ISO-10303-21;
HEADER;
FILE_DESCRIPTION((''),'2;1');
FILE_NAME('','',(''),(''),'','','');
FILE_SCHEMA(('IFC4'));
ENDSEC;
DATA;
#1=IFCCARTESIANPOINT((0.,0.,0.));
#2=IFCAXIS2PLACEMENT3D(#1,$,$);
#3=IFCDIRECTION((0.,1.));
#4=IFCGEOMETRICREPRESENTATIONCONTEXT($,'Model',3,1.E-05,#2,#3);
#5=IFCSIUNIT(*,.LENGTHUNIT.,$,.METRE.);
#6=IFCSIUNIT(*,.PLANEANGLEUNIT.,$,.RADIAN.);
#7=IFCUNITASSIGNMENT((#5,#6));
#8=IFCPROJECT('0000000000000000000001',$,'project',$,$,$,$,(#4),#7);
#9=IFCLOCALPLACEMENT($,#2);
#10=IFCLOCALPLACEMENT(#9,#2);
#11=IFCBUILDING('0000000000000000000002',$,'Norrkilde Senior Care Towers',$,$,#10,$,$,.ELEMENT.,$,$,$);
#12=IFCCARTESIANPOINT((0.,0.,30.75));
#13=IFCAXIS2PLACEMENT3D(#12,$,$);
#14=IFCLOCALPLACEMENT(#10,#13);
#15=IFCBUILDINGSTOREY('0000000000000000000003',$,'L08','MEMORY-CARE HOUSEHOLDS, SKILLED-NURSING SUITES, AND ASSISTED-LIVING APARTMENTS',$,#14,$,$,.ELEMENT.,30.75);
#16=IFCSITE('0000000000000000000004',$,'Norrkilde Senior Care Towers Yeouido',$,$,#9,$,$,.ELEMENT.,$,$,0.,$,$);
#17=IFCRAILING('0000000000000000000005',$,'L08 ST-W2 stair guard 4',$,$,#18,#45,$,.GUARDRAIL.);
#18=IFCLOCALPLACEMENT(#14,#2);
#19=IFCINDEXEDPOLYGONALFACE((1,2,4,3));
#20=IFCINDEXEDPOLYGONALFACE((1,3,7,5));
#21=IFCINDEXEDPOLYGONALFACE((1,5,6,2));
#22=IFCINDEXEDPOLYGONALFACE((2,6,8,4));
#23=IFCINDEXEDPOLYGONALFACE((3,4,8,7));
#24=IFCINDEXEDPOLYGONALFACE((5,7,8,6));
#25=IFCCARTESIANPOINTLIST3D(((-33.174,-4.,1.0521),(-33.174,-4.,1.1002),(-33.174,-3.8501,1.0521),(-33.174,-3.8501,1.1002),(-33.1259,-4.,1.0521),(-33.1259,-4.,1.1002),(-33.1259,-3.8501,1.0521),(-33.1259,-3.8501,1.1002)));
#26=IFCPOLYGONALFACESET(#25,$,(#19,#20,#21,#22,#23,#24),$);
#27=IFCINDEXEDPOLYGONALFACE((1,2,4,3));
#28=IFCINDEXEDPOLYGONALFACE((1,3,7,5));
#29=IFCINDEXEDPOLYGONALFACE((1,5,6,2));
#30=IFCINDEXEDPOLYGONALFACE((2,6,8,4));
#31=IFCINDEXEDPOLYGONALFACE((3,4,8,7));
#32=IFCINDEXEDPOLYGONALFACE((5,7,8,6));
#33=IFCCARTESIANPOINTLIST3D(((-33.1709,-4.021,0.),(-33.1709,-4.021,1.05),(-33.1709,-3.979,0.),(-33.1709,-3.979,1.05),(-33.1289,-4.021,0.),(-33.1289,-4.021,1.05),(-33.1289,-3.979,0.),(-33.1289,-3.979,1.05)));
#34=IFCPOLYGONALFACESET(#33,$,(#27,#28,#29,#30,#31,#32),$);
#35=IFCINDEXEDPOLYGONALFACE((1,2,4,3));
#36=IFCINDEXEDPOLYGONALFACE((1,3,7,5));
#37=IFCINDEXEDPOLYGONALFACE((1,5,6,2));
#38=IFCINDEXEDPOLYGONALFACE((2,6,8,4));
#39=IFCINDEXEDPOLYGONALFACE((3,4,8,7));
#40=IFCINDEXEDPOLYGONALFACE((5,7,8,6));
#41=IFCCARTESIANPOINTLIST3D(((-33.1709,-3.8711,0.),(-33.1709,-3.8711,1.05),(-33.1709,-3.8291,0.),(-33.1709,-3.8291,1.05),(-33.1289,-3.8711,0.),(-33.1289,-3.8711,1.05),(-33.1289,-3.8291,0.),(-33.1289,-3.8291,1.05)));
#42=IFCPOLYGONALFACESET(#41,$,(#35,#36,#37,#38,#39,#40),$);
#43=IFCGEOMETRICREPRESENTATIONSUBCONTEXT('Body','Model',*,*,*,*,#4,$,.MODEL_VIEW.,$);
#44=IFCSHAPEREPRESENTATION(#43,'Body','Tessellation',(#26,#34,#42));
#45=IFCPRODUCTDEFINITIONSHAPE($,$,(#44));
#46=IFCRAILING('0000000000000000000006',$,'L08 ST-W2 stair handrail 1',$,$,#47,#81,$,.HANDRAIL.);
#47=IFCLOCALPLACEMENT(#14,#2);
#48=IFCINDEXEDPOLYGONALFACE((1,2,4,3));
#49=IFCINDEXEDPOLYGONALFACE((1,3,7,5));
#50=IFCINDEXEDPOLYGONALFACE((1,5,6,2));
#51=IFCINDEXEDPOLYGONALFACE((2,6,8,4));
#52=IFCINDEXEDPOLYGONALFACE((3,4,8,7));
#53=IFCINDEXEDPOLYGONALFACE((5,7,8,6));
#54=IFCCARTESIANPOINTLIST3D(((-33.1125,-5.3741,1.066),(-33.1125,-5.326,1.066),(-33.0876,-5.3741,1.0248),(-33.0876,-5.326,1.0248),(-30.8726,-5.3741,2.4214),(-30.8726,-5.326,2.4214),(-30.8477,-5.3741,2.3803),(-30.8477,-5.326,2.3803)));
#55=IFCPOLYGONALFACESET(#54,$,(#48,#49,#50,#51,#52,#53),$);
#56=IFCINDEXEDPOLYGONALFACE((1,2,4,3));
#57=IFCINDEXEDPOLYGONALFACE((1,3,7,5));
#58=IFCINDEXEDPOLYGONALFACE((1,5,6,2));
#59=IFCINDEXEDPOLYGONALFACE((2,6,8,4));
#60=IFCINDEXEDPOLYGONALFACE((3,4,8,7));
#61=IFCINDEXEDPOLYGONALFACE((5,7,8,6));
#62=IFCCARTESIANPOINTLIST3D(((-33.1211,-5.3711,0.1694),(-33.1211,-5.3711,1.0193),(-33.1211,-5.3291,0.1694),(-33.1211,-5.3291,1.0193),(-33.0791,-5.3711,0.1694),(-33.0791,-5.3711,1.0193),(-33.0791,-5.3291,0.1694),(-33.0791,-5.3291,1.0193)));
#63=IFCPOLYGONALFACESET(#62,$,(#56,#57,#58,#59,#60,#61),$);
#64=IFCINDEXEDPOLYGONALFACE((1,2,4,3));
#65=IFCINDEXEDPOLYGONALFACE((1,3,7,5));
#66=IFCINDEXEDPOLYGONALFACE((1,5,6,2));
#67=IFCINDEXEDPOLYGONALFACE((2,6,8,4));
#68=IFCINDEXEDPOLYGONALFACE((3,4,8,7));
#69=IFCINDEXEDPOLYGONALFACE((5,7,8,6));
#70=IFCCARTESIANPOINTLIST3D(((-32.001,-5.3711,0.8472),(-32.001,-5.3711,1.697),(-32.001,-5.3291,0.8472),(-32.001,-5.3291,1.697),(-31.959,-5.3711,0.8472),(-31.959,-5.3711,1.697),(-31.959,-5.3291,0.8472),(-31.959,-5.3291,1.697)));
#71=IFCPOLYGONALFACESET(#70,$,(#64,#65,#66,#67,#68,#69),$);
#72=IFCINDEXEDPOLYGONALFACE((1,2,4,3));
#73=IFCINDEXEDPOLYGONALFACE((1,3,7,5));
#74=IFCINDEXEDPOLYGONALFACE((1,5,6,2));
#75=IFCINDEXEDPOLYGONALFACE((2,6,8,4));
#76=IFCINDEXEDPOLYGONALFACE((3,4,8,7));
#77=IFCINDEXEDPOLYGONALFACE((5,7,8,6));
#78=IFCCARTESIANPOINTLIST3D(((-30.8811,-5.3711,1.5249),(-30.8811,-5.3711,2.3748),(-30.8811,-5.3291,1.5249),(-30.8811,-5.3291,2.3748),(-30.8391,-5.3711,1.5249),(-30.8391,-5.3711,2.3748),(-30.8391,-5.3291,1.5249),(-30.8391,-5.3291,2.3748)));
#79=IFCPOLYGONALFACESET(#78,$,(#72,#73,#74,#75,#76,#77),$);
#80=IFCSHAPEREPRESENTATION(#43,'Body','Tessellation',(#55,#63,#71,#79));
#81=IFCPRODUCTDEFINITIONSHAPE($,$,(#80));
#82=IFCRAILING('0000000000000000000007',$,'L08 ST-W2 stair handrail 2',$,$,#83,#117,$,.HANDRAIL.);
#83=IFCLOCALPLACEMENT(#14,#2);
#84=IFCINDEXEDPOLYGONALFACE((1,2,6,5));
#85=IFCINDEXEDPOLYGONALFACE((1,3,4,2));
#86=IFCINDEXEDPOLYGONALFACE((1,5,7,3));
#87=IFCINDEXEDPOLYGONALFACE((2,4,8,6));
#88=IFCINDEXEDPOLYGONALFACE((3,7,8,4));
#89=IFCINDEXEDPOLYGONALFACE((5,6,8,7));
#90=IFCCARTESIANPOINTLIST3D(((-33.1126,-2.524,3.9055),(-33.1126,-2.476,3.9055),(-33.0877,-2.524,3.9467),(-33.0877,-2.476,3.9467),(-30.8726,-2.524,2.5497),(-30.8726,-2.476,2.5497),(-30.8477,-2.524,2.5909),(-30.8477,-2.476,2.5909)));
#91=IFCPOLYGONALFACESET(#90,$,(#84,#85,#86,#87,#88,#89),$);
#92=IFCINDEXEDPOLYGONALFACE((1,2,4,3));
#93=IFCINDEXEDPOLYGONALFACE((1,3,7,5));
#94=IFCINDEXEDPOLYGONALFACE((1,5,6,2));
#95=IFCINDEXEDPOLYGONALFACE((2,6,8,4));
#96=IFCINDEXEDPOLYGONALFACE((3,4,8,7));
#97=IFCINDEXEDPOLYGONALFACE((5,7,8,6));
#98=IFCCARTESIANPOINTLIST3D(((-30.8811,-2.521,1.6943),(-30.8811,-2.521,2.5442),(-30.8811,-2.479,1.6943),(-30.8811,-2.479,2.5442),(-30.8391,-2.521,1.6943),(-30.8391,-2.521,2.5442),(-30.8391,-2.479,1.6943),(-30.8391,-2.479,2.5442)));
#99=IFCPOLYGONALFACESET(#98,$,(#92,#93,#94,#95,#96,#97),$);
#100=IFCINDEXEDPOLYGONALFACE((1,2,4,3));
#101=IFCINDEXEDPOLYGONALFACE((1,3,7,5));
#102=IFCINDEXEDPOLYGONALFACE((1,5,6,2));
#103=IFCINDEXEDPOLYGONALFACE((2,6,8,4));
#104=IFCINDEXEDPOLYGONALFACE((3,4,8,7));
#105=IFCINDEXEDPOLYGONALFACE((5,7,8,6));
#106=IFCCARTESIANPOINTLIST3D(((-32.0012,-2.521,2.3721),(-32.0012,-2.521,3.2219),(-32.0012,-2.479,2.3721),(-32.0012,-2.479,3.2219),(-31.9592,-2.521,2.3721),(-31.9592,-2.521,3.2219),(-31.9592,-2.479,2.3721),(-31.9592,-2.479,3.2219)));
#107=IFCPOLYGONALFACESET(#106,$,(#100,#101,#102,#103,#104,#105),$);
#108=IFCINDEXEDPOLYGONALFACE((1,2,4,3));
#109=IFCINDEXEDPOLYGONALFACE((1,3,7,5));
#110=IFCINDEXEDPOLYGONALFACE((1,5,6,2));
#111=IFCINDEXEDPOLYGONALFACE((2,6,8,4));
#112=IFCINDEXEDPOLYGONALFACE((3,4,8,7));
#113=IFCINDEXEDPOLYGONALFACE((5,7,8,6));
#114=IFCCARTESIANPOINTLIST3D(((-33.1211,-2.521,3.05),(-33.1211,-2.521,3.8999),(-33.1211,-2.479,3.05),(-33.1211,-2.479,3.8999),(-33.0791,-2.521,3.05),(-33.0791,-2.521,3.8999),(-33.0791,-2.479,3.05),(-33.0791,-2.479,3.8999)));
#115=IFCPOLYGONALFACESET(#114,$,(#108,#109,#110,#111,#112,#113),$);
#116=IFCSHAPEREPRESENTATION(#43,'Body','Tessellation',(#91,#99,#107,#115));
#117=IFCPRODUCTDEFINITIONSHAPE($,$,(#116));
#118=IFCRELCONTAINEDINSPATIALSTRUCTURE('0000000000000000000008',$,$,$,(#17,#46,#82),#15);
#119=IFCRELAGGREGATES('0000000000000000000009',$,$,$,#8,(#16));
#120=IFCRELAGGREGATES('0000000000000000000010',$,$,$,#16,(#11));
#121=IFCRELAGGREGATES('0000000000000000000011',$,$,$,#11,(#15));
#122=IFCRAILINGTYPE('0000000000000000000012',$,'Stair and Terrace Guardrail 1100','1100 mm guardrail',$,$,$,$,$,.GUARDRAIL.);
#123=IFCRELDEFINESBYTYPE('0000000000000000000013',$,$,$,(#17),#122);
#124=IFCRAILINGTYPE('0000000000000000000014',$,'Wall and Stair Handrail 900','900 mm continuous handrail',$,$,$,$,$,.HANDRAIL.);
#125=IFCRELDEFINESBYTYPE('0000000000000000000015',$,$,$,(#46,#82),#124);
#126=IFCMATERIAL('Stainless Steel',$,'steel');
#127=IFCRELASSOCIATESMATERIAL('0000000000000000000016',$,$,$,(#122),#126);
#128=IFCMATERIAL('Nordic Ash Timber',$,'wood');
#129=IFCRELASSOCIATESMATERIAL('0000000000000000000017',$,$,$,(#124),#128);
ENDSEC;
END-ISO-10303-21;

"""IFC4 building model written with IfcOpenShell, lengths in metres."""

from ifc_helpers import new_model, si_unit, direction, frame, origin, origin_2d, place, context, subcontext, project, spatial, rectangle, extrude, material, type_object, element, save


model = new_model("IFC4")

# Units and contexts
model_context = context("Model", 3, precision=1e-05, world=origin(), true_north=direction((0.0, 1.0)))
body_context = subcontext(model_context, "Body", "Model", "MODEL_VIEW")
ifc_project = project(units=[si_unit("LENGTHUNIT", "METRE"), si_unit("PLANEANGLEUNIT", "RADIAN")], contexts=[model_context])

# Site, building, storey
site_placement = place(None, origin())
site = spatial("IfcSite", under=ifc_project, at=site_placement, Name="Norrkilde Senior Care Towers Yeouido", CompositionType="ELEMENT", RefElevation=0.0)
building_placement = place(site_placement, origin())
building = spatial("IfcBuilding", under=site, at=building_placement, Name="Norrkilde Senior Care Towers", CompositionType="ELEMENT")
storey_placement = place(building_placement, frame((0.0, 0.0, 30.75)))
storey = spatial("IfcBuildingStorey", under=building, at=storey_placement, Name="L08", Description="MEMORY-CARE HOUSEHOLDS, SKILLED-NURSING SUITES, AND ASSISTED-LIVING APARTMENTS", CompositionType="ELEMENT", Elevation=30.75)

# Railings
ifc_material_1 = material(Name="Stainless Steel", Category="steel")
railing_type_1 = type_object("IfcRailingType", Name="Stair and Terrace Guardrail 1100", Description="1100 mm guardrail", PredefinedType="GUARDRAIL", material=ifc_material_1)
railing_1_placement = place(storey_placement, frame((-33.1499, -4.0, 0.0)))
element("IfcRailing", 1, at=railing_1_placement, inside=storey, type_object=railing_type_1, Name="L08 ST-W2 stair guard 4", PredefinedType="GUARDRAIL", context=body_context, shape_type="SweptSolid", body=[
    extrude(rectangle(XDim=0.0481, YDim=0.0481, at=origin_2d()), frame((0.0, 0.0, 1.0762), z_axis=(0.0, 1.0, 0.0), x_axis=(-1.0, 0.0, 0.0)), (0.0, 0.0, 1.0), 0.1499),
    extrude(rectangle(XDim=0.042, YDim=0.042, at=origin_2d()), origin(), (0.0, 0.0, 1.0), 1.05),
    extrude(rectangle(XDim=0.042, YDim=0.042, at=origin_2d()), frame((0.0, 0.1499, 0.0)), (0.0, 0.0, 1.0), 1.05),
])
ifc_material_2 = material(Name="Nordic Ash Timber", Category="wood")
railing_type_2 = type_object("IfcRailingType", Name="Wall and Stair Handrail 900", Description="900 mm continuous handrail", PredefinedType="HANDRAIL", material=ifc_material_2)
railing_2_placement = place(storey_placement, frame((-33.1001, -5.3501, 0.1694)))
element("IfcRailing", 2, at=railing_2_placement, inside=storey, type_object=railing_type_2, Name="L08 ST-W2 stair handrail 1", PredefinedType="HANDRAIL", context=body_context, shape_type="SweptSolid", body=[
    extrude(rectangle(XDim=0.0481, YDim=0.0481, at=origin_2d()), frame((0.0, 0.0, 0.876), z_axis=(0.855553, 0.0, 0.517715), x_axis=(0.0, 1.0, 0.0)), (0.0, 0.0, 1.0), 2.6182),
    extrude(rectangle(XDim=0.042, YDim=0.042, at=origin_2d()), origin(), (0.0, 0.0, 1.0), 0.8499),
    extrude(rectangle(XDim=0.042, YDim=0.042, at=origin_2d()), frame((1.1201, 0.0, 0.6777)), (0.0, 0.0, 1.0), 0.8499),
    extrude(rectangle(XDim=0.042, YDim=0.042, at=origin_2d()), frame((2.24, 0.0, 1.3555)), (0.0, 0.0, 1.0), 0.8499),
])
railing_3_placement = place(storey_placement, frame((-30.8601, -2.5, 1.6943)))
element("IfcRailing", 3, at=railing_3_placement, inside=storey, type_object=railing_type_2, Name="L08 ST-W2 stair handrail 2", PredefinedType="HANDRAIL", context=body_context, shape_type="SweptSolid", body=[
    extrude(rectangle(XDim=0.0481, YDim=0.0481, at=origin_2d()), frame((0.0, 0.0, 0.876), z_axis=(-0.855512, 0.0, 0.517783), x_axis=(0.0, -1.0, 0.0)), (0.0, 0.0, 1.0), 2.6184),
    extrude(rectangle(XDim=0.042, YDim=0.042, at=origin_2d()), origin(), (0.0, 0.0, 1.0), 0.8499),
    extrude(rectangle(XDim=0.042, YDim=0.042, at=origin_2d()), frame((-1.1201, 0.0, 0.6777)), (0.0, 0.0, 1.0), 0.8499),
    extrude(rectangle(XDim=0.042, YDim=0.042, at=origin_2d()), frame((-2.24, 0.0, 1.3557)), (0.0, 0.0, 1.0), 0.8499),
])

save(model, "model.ifc")
